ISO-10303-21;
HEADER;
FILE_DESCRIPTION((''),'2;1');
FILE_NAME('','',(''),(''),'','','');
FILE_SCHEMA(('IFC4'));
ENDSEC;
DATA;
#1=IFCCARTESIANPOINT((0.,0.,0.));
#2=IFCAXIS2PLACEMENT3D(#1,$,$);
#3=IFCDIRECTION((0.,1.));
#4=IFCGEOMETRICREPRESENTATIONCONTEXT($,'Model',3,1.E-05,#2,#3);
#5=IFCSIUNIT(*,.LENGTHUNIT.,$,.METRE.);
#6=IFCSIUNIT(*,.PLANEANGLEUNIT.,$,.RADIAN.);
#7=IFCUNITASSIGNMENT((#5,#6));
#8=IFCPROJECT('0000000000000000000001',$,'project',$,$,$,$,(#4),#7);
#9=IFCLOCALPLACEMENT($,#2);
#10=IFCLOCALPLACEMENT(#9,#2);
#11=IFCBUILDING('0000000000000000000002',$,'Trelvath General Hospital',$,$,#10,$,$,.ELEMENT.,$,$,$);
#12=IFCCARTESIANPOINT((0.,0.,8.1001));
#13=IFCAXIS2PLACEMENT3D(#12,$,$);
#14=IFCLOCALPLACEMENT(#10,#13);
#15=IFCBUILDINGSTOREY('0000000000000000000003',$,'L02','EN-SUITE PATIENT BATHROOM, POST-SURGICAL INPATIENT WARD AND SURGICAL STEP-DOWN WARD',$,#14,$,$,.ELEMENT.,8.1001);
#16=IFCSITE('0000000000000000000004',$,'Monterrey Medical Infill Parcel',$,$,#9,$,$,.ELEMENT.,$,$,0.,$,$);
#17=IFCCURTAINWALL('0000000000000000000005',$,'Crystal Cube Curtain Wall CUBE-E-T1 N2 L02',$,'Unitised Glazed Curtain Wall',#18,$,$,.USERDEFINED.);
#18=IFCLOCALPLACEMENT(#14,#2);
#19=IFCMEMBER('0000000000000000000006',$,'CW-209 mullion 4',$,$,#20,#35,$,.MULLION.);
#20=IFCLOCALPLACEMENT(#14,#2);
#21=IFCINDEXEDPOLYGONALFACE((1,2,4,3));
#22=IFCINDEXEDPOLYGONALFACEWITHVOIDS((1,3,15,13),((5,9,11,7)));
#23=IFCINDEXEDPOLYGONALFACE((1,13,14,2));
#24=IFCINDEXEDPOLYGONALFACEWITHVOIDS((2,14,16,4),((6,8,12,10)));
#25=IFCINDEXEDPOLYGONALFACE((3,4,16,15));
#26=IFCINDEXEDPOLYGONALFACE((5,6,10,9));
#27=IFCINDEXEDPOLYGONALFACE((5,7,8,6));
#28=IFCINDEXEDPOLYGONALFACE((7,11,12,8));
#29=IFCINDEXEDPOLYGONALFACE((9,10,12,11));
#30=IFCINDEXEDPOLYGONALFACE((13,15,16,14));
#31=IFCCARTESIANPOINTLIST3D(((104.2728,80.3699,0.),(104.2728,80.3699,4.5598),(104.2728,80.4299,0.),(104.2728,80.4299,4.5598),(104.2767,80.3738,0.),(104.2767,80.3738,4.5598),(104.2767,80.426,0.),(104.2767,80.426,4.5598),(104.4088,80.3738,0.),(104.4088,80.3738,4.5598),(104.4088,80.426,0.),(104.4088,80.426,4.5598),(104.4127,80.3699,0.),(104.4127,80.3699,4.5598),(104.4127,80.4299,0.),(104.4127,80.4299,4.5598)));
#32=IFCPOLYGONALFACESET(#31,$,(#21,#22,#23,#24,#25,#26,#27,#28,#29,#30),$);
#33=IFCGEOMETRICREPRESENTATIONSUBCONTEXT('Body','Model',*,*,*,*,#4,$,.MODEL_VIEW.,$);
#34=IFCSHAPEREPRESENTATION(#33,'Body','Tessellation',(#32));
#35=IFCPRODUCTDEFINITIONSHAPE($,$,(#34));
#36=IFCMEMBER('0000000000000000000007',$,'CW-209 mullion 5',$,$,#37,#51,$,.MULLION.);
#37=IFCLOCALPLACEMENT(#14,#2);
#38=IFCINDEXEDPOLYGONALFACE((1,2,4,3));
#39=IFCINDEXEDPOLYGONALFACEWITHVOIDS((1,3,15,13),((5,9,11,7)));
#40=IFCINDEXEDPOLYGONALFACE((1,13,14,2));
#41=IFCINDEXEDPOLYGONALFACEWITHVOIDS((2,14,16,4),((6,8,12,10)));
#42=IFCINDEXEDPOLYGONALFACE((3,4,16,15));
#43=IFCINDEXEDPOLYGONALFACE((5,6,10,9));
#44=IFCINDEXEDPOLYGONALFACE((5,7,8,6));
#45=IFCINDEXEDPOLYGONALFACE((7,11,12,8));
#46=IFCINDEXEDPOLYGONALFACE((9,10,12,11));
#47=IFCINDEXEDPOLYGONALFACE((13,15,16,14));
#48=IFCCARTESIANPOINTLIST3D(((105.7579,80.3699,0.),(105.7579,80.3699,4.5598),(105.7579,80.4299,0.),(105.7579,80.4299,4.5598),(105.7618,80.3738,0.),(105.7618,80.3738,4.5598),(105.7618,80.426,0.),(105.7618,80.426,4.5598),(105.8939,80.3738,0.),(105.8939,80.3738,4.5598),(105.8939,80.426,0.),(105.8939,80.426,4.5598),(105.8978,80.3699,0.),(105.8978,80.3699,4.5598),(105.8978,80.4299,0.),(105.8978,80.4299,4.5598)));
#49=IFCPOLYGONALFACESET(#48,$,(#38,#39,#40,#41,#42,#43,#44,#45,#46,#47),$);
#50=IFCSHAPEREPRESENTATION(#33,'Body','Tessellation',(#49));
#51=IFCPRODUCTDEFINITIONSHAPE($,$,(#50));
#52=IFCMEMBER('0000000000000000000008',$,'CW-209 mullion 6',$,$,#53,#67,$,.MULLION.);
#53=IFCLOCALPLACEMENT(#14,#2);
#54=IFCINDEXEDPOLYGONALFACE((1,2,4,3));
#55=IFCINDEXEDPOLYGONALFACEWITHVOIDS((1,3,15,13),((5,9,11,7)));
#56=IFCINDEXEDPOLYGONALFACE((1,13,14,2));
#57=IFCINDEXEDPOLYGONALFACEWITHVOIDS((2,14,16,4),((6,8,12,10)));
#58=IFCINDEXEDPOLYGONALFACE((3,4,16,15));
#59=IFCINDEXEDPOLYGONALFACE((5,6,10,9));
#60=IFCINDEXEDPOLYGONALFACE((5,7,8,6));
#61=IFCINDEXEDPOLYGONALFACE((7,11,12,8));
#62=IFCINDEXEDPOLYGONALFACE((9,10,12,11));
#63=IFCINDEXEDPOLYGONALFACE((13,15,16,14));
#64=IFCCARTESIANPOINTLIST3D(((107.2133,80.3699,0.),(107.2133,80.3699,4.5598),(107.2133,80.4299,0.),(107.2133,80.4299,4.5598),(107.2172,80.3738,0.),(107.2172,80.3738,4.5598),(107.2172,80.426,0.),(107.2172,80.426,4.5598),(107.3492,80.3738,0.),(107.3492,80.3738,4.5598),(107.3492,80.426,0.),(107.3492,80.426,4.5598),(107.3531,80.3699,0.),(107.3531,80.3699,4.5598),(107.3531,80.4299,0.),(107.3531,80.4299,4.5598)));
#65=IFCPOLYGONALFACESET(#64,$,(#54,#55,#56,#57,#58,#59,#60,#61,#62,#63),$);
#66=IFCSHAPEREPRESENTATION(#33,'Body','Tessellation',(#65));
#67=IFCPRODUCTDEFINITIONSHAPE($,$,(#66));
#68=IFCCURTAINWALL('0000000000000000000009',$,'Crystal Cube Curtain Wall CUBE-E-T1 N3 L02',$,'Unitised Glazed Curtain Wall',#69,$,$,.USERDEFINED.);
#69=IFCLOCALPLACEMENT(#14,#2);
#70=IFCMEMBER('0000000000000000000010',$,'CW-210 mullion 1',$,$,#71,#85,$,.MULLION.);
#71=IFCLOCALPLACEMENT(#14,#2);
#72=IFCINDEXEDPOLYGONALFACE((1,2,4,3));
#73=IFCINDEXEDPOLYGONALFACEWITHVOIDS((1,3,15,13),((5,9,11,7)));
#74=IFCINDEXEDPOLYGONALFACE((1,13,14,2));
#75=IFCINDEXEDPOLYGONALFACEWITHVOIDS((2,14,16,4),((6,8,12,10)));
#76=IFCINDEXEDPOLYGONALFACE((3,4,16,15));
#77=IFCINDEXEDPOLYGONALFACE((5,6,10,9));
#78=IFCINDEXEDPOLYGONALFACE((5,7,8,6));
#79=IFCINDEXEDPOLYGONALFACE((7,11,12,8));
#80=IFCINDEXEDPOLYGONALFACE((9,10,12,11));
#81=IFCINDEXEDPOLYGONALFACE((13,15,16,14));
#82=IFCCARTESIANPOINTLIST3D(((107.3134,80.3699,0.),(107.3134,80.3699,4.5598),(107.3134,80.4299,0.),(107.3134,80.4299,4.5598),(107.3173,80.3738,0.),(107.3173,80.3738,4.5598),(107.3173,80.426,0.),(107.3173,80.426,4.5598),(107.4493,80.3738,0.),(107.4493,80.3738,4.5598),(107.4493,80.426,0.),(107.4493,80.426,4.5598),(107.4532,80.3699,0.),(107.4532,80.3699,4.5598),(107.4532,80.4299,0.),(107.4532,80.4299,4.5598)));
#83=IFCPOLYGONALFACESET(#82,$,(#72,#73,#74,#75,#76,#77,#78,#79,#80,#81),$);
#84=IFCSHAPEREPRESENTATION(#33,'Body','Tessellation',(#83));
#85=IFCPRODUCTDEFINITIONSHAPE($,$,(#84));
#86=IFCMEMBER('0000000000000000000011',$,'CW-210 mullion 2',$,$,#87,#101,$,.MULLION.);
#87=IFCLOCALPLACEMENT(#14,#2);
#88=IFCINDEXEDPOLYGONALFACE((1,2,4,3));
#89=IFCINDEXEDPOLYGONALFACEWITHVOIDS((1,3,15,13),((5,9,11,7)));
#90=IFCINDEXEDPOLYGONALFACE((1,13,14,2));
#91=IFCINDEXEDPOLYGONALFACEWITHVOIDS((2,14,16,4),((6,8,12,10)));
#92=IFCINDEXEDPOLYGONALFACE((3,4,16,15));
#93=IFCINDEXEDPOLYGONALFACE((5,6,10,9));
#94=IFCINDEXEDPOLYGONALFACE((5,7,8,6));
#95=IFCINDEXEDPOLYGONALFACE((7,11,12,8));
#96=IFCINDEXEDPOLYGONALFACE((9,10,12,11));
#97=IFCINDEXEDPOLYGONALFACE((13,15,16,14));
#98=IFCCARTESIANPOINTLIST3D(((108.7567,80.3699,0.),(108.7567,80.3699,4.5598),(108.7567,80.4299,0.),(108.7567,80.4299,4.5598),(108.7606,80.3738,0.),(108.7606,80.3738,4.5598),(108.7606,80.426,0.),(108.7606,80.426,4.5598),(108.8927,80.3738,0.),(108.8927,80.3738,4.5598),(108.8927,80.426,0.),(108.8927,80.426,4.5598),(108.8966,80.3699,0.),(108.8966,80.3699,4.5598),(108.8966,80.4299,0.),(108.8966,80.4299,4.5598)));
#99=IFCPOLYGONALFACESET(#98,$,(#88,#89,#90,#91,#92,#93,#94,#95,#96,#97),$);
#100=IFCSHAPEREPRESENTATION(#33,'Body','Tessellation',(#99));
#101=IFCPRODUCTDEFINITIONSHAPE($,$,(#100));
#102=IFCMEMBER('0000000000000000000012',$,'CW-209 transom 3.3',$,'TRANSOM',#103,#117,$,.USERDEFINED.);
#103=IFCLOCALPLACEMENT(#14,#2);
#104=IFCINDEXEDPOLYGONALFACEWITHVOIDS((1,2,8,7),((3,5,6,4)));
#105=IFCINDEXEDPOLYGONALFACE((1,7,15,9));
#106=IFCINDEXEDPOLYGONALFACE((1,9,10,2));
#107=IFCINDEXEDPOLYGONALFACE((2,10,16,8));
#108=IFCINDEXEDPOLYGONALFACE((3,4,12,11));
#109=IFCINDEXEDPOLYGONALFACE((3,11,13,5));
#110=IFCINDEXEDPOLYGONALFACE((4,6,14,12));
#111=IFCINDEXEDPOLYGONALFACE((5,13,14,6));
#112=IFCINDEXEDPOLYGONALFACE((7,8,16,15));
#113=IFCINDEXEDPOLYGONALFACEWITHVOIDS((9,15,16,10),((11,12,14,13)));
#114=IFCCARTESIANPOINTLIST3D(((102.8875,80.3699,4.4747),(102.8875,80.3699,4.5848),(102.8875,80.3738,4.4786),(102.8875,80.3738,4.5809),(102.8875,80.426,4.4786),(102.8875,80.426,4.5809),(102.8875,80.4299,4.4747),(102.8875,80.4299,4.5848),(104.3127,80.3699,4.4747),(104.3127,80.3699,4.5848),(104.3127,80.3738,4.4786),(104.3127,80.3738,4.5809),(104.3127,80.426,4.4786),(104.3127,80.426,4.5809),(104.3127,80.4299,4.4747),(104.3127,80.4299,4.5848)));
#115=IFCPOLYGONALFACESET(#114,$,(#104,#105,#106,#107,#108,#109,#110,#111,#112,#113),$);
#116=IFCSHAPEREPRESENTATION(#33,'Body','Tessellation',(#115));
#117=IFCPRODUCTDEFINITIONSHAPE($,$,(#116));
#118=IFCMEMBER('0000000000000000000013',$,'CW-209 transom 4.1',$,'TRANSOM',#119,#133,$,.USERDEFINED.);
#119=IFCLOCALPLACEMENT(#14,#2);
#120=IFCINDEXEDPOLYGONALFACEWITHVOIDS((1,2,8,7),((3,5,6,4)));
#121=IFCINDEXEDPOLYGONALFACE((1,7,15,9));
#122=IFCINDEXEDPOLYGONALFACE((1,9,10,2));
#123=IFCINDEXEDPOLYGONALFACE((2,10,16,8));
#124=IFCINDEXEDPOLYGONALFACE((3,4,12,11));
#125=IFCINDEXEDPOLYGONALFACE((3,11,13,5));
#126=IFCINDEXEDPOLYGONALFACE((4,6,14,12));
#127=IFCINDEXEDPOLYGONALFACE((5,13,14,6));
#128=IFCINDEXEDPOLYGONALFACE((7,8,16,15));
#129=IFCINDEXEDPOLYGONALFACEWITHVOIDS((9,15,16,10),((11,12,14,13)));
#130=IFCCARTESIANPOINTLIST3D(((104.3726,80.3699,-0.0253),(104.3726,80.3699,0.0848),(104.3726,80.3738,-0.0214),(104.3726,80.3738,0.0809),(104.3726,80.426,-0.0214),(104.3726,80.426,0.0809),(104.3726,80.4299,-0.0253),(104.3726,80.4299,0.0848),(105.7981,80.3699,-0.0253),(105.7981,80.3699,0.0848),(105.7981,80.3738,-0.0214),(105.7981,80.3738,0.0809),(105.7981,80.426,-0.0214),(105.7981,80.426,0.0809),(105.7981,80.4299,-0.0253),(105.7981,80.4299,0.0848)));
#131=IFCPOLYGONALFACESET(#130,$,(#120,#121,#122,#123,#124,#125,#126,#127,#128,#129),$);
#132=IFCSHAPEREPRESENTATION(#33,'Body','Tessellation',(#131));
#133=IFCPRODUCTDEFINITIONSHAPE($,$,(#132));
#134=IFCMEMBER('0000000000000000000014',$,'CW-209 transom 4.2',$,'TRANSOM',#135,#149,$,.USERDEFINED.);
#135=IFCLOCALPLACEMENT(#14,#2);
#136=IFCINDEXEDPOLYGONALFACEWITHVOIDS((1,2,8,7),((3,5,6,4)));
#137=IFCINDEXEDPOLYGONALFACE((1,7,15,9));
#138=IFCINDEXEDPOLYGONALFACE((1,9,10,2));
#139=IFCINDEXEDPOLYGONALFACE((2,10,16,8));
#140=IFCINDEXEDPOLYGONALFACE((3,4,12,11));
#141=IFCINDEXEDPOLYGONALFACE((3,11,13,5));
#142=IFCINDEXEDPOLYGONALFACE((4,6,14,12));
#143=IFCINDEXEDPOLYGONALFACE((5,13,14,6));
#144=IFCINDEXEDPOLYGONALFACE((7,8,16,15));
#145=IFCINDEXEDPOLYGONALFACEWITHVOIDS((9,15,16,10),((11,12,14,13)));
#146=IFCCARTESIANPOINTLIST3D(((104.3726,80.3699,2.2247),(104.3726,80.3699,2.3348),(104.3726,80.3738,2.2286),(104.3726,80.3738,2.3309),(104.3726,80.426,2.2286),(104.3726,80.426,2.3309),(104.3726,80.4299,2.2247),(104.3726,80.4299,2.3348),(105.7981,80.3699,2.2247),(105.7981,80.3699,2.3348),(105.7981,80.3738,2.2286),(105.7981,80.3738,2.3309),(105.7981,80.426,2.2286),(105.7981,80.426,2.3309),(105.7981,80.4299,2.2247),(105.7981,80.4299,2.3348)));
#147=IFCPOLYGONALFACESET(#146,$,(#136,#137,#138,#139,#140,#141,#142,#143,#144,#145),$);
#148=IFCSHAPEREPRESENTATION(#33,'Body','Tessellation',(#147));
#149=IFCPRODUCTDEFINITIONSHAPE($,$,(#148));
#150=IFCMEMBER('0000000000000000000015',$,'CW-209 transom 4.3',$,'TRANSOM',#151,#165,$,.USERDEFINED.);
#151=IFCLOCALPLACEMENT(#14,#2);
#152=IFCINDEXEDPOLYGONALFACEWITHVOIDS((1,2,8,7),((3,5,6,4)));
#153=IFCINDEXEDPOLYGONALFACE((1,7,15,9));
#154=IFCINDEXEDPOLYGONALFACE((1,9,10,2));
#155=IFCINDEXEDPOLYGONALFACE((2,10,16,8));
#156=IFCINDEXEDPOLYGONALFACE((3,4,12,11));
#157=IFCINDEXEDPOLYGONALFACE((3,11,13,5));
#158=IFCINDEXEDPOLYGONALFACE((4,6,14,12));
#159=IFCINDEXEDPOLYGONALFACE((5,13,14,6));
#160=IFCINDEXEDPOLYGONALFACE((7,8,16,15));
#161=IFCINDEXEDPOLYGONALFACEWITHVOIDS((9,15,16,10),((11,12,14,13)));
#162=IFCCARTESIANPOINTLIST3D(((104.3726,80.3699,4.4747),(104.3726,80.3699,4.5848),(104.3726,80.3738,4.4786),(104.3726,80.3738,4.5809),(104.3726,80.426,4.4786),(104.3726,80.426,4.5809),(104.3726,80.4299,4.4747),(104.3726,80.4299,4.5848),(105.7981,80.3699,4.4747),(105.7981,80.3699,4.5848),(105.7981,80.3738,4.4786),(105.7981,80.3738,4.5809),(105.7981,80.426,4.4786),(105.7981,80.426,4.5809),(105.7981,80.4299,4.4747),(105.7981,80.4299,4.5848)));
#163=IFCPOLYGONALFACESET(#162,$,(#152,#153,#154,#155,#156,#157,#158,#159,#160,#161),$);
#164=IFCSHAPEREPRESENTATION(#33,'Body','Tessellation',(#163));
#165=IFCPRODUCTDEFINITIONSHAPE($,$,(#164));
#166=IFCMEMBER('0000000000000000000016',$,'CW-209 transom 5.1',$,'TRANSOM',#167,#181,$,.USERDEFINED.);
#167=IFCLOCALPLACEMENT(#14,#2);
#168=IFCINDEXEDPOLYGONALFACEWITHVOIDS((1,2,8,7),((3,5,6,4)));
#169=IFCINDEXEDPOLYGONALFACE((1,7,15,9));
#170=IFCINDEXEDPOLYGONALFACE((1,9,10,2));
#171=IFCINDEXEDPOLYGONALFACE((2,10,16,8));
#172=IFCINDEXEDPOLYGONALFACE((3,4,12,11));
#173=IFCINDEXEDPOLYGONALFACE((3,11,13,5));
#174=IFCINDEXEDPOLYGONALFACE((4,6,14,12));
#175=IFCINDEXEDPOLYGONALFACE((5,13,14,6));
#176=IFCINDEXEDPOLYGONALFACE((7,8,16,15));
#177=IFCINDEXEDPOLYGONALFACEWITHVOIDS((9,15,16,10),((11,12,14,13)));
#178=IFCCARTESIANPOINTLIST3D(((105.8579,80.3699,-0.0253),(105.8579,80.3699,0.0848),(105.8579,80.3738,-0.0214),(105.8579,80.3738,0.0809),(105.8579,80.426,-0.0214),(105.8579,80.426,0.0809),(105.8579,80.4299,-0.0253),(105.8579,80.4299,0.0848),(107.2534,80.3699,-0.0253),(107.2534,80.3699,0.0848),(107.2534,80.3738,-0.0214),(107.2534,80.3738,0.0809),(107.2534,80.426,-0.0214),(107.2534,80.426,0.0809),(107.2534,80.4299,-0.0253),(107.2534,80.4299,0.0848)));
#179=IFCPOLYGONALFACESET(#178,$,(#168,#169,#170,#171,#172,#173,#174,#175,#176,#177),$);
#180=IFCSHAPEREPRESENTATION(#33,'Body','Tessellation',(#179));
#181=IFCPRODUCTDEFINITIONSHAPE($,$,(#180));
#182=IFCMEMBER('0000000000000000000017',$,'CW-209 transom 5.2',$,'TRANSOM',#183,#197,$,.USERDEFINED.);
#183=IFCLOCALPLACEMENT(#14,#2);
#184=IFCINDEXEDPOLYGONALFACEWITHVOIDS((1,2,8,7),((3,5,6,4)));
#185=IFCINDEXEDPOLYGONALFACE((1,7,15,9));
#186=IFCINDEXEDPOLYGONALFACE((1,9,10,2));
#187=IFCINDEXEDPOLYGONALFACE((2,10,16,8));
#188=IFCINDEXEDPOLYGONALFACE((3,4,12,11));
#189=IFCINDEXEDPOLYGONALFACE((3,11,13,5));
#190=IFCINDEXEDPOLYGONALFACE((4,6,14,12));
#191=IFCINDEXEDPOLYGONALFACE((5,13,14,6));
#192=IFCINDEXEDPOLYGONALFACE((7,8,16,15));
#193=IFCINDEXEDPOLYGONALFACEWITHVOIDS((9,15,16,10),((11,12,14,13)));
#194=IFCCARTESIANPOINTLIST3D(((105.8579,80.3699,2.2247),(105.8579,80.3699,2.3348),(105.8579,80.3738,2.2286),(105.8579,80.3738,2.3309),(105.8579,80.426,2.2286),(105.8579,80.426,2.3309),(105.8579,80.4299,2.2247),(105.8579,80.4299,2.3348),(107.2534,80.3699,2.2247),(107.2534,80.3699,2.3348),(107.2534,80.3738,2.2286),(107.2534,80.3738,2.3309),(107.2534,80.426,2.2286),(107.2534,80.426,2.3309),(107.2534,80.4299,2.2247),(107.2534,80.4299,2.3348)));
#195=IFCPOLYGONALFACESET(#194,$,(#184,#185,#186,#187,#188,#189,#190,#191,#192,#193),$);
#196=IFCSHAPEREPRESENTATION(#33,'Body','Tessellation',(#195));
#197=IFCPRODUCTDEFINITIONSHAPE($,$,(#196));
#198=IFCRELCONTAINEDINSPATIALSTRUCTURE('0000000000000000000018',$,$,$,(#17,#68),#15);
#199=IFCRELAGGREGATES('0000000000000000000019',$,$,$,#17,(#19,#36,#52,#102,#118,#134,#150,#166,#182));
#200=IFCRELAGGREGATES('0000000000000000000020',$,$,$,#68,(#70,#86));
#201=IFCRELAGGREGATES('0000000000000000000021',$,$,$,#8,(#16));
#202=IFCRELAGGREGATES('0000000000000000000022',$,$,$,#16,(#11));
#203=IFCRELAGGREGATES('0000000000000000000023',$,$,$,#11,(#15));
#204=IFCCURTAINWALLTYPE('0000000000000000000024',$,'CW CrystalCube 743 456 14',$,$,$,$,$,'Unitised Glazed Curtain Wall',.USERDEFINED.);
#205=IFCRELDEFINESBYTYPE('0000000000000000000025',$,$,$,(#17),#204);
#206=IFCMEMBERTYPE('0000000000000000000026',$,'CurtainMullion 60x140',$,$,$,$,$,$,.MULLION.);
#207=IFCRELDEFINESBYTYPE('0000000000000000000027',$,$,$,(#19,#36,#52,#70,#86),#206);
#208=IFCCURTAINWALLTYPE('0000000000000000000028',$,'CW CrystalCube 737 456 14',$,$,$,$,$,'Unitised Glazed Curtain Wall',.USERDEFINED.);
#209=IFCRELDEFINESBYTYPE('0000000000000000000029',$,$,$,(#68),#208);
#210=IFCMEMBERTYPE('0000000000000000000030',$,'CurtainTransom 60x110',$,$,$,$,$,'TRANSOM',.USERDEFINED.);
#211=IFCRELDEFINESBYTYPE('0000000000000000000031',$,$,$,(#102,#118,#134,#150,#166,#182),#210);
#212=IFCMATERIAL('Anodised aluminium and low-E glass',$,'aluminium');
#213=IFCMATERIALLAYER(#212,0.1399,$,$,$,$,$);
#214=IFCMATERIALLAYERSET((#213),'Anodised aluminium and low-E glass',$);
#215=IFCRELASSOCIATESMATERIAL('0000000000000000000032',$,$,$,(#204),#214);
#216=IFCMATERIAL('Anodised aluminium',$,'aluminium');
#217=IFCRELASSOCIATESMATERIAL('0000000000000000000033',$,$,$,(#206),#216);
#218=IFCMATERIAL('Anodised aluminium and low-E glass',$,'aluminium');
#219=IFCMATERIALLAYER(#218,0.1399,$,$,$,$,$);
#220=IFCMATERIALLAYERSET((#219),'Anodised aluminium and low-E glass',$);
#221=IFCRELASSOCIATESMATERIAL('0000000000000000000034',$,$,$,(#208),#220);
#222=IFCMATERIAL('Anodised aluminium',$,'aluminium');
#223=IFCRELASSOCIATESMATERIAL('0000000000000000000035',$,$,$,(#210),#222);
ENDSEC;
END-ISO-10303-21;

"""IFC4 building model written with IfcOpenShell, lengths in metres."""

from ifc_helpers import new_model, si_unit, direction, frame, origin, origin_2d, place, context, subcontext, project, spatial, hollow_rectangle, extrude, material, layer, layer_set, material_profile, profile_set, type_object, element, aggregate, save


model = new_model("IFC4")

# Units and contexts
model_context = context("Model", 3, precision=1e-05, world=origin(), true_north=direction((0.0, 1.0)))
body_context = subcontext(model_context, "Body", "Model", "MODEL_VIEW")
ifc_project = project(units=[si_unit("LENGTHUNIT", "METRE"), si_unit("PLANEANGLEUNIT", "RADIAN")], contexts=[model_context])

# Site, building, storey
site_placement = place(None, origin())
site = spatial("IfcSite", under=ifc_project, at=site_placement, Name="Monterrey Medical Infill Parcel", CompositionType="ELEMENT", RefElevation=0.0)
building_placement = place(site_placement, origin())
building = spatial("IfcBuilding", under=site, at=building_placement, Name="Trelvath General Hospital", CompositionType="ELEMENT")
storey_placement = place(building_placement, frame((0.0, 0.0, 8.1001)))
storey = spatial("IfcBuildingStorey", under=building, at=storey_placement, Name="L02", Description="EN-SUITE PATIENT BATHROOM, POST-SURGICAL INPATIENT WARD AND SURGICAL STEP-DOWN WARD", CompositionType="ELEMENT", Elevation=8.1001)

# Curtain walls, members
ifc_material_1 = material(Name="Anodised aluminium and low-E glass", Category="aluminium")
ifc_layer_1 = layer(ifc_material_1, 0.1399)
ifc_layer_set_1 = layer_set([ifc_layer_1], Name="Anodised aluminium and low-E glass")
curtain_wall_type_1 = type_object("IfcCurtainWallType", Name="CW CrystalCube 743 456 14", ElementType="Unitised Glazed Curtain Wall", PredefinedType="USERDEFINED", material=ifc_layer_set_1)
curtain_wall_1_placement = place(storey_placement, origin())
curtain_wall_1 = element("IfcCurtainWall", 1, at=curtain_wall_1_placement, inside=storey, type_object=curtain_wall_type_1, Name="Crystal Cube Curtain Wall CUBE-E-T1 N2 L02", ObjectType="Unitised Glazed Curtain Wall", PredefinedType="USERDEFINED")
ifc_material_2 = material(Name="Anodised aluminium", Category="aluminium")
ifc_material_profile_1 = material_profile(ifc_material_2, hollow_rectangle(XDim=0.0601, YDim=0.1399, WallThickness=0.0039, at=origin_2d()), Name="RHS60x140x4")
ifc_profile_set_1 = profile_set([ifc_material_profile_1], Name="Anodised aluminium")
member_type_1 = type_object("IfcMemberType", Name="CurtainMullion 60x140", PredefinedType="MULLION", material=ifc_profile_set_1)
member_1_placement = place(storey_placement, frame((104.3428, 80.3999, 0.0), z_axis=(0.0, 0.0, 1.0), x_axis=(0.0, 1.0, 0.0)))
member_1 = element("IfcMember", 2, at=member_1_placement, type_object=member_type_1, Name="CW-209 mullion 4", PredefinedType="MULLION", context=body_context, shape_type="SweptSolid", body=[
    extrude(hollow_rectangle(XDim=0.0601, YDim=0.1399, WallThickness=0.0039, at=origin_2d()), origin(), (0.0, 0.0, 1.0), 4.5598),
])
member_2_placement = place(storey_placement, frame((105.8279, 80.3999, 0.0), z_axis=(0.0, 0.0, 1.0), x_axis=(0.0, 1.0, 0.0)))
member_2 = element("IfcMember", 3, at=member_2_placement, type_object=member_type_1, Name="CW-209 mullion 5", PredefinedType="MULLION", context=body_context, shape_type="SweptSolid", body=[
    extrude(hollow_rectangle(XDim=0.0601, YDim=0.1399, WallThickness=0.0039, at=origin_2d()), origin(), (0.0, 0.0, 1.0), 4.5598),
])
member_3_placement = place(storey_placement, frame((107.2832, 80.3999, 0.0), z_axis=(0.0, 0.0, 1.0), x_axis=(0.0, 1.0, 0.0)))
member_3 = element("IfcMember", 4, at=member_3_placement, type_object=member_type_1, Name="CW-209 mullion 6", PredefinedType="MULLION", context=body_context, shape_type="SweptSolid", body=[
    extrude(hollow_rectangle(XDim=0.0601, YDim=0.1399, WallThickness=0.0039, at=origin_2d()), origin(), (0.0, 0.0, 1.0), 4.5598),
])
ifc_material_3 = material(Name="Anodised aluminium and low-E glass", Category="aluminium")
ifc_layer_2 = layer(ifc_material_3, 0.1399)
ifc_layer_set_2 = layer_set([ifc_layer_2], Name="Anodised aluminium and low-E glass")
curtain_wall_type_2 = type_object("IfcCurtainWallType", Name="CW CrystalCube 737 456 14", ElementType="Unitised Glazed Curtain Wall", PredefinedType="USERDEFINED", material=ifc_layer_set_2)
curtain_wall_2_placement = place(storey_placement, origin())
curtain_wall_2 = element("IfcCurtainWall", 5, at=curtain_wall_2_placement, inside=storey, type_object=curtain_wall_type_2, Name="Crystal Cube Curtain Wall CUBE-E-T1 N3 L02", ObjectType="Unitised Glazed Curtain Wall", PredefinedType="USERDEFINED")
member_4_placement = place(storey_placement, frame((107.3833, 80.3999, 0.0), z_axis=(0.0, 0.0, 1.0), x_axis=(0.0, 1.0, 0.0)))
member_4 = element("IfcMember", 6, at=member_4_placement, type_object=member_type_1, Name="CW-210 mullion 1", PredefinedType="MULLION", context=body_context, shape_type="SweptSolid", body=[
    extrude(hollow_rectangle(XDim=0.0601, YDim=0.1399, WallThickness=0.0039, at=origin_2d()), origin(), (0.0, 0.0, 1.0), 4.5598),
])
member_5_placement = place(storey_placement, frame((108.8267, 80.3999, 0.0), z_axis=(0.0, 0.0, 1.0), x_axis=(0.0, 1.0, 0.0)))
member_5 = element("IfcMember", 7, at=member_5_placement, type_object=member_type_1, Name="CW-210 mullion 2", PredefinedType="MULLION", context=body_context, shape_type="SweptSolid", body=[
    extrude(hollow_rectangle(XDim=0.0601, YDim=0.1399, WallThickness=0.0039, at=origin_2d()), origin(), (0.0, 0.0, 1.0), 4.5598),
])

# Members
ifc_material_4 = material(Name="Anodised aluminium", Category="aluminium")
ifc_material_profile_2 = material_profile(ifc_material_4, hollow_rectangle(XDim=0.0601, YDim=0.1101, WallThickness=0.0039, at=origin_2d()), Name="RHS60x110x4")
ifc_profile_set_2 = profile_set([ifc_material_profile_2], Name="Anodised aluminium")
member_type_2 = type_object("IfcMemberType", Name="CurtainTransom 60x110", ElementType="TRANSOM", PredefinedType="USERDEFINED", material=ifc_profile_set_2)
member_6_placement = place(storey_placement, frame((102.8875, 80.3999, 4.5298), z_axis=(1.0, 0.0, 0.0), x_axis=(0.0, 1.0, 0.0)))
member_6 = element("IfcMember", 8, at=member_6_placement, type_object=member_type_2, Name="CW-209 transom 3.3", ObjectType="TRANSOM", PredefinedType="USERDEFINED", context=body_context, shape_type="SweptSolid", body=[
    extrude(hollow_rectangle(XDim=0.0601, YDim=0.1101, WallThickness=0.0039, at=origin_2d()), origin(), (0.0, 0.0, 1.0), 1.4253),
])
member_7_placement = place(storey_placement, frame((104.3726, 80.3999, 0.0298), z_axis=(1.0, 0.0, 0.0), x_axis=(0.0, 1.0, 0.0)))
member_7 = element("IfcMember", 9, at=member_7_placement, type_object=member_type_2, Name="CW-209 transom 4.1", ObjectType="TRANSOM", PredefinedType="USERDEFINED", context=body_context, shape_type="SweptSolid", body=[
    extrude(hollow_rectangle(XDim=0.0601, YDim=0.1101, WallThickness=0.0039, at=origin_2d()), origin(), (0.0, 0.0, 1.0), 1.4255),
])
member_8_placement = place(storey_placement, frame((104.3726, 80.3999, 2.2798), z_axis=(1.0, 0.0, 0.0), x_axis=(0.0, 1.0, 0.0)))
member_8 = element("IfcMember", 10, at=member_8_placement, type_object=member_type_2, Name="CW-209 transom 4.2", ObjectType="TRANSOM", PredefinedType="USERDEFINED", context=body_context, shape_type="SweptSolid", body=[
    extrude(hollow_rectangle(XDim=0.0601, YDim=0.1101, WallThickness=0.0039, at=origin_2d()), origin(), (0.0, 0.0, 1.0), 1.4255),
])
member_9_placement = place(storey_placement, frame((104.3726, 80.3999, 4.5298), z_axis=(1.0, 0.0, 0.0), x_axis=(0.0, 1.0, 0.0)))
member_9 = element("IfcMember", 11, at=member_9_placement, type_object=member_type_2, Name="CW-209 transom 4.3", ObjectType="TRANSOM", PredefinedType="USERDEFINED", context=body_context, shape_type="SweptSolid", body=[
    extrude(hollow_rectangle(XDim=0.0601, YDim=0.1101, WallThickness=0.0039, at=origin_2d()), origin(), (0.0, 0.0, 1.0), 1.4255),
])
member_10_placement = place(storey_placement, frame((105.8579, 80.3999, 0.0298), z_axis=(1.0, 0.0, 0.0), x_axis=(0.0, 1.0, 0.0)))
member_10 = element("IfcMember", 12, at=member_10_placement, type_object=member_type_2, Name="CW-209 transom 5.1", ObjectType="TRANSOM", PredefinedType="USERDEFINED", context=body_context, shape_type="SweptSolid", body=[
    extrude(hollow_rectangle(XDim=0.0601, YDim=0.1101, WallThickness=0.0039, at=origin_2d()), origin(), (0.0, 0.0, 1.0), 1.3955),
])
member_11_placement = place(storey_placement, frame((105.8579, 80.3999, 2.2798), z_axis=(1.0, 0.0, 0.0), x_axis=(0.0, 1.0, 0.0)))
member_11 = element("IfcMember", 13, at=member_11_placement, type_object=member_type_2, Name="CW-209 transom 5.2", ObjectType="TRANSOM", PredefinedType="USERDEFINED", context=body_context, shape_type="SweptSolid", body=[
    extrude(hollow_rectangle(XDim=0.0601, YDim=0.1101, WallThickness=0.0039, at=origin_2d()), origin(), (0.0, 0.0, 1.0), 1.3955),
])

aggregate(curtain_wall_1, [member_1, member_2, member_3, member_6, member_7, member_8, member_9, member_10, member_11])
aggregate(curtain_wall_2, [member_4, member_5])

save(model, "model.ifc")
